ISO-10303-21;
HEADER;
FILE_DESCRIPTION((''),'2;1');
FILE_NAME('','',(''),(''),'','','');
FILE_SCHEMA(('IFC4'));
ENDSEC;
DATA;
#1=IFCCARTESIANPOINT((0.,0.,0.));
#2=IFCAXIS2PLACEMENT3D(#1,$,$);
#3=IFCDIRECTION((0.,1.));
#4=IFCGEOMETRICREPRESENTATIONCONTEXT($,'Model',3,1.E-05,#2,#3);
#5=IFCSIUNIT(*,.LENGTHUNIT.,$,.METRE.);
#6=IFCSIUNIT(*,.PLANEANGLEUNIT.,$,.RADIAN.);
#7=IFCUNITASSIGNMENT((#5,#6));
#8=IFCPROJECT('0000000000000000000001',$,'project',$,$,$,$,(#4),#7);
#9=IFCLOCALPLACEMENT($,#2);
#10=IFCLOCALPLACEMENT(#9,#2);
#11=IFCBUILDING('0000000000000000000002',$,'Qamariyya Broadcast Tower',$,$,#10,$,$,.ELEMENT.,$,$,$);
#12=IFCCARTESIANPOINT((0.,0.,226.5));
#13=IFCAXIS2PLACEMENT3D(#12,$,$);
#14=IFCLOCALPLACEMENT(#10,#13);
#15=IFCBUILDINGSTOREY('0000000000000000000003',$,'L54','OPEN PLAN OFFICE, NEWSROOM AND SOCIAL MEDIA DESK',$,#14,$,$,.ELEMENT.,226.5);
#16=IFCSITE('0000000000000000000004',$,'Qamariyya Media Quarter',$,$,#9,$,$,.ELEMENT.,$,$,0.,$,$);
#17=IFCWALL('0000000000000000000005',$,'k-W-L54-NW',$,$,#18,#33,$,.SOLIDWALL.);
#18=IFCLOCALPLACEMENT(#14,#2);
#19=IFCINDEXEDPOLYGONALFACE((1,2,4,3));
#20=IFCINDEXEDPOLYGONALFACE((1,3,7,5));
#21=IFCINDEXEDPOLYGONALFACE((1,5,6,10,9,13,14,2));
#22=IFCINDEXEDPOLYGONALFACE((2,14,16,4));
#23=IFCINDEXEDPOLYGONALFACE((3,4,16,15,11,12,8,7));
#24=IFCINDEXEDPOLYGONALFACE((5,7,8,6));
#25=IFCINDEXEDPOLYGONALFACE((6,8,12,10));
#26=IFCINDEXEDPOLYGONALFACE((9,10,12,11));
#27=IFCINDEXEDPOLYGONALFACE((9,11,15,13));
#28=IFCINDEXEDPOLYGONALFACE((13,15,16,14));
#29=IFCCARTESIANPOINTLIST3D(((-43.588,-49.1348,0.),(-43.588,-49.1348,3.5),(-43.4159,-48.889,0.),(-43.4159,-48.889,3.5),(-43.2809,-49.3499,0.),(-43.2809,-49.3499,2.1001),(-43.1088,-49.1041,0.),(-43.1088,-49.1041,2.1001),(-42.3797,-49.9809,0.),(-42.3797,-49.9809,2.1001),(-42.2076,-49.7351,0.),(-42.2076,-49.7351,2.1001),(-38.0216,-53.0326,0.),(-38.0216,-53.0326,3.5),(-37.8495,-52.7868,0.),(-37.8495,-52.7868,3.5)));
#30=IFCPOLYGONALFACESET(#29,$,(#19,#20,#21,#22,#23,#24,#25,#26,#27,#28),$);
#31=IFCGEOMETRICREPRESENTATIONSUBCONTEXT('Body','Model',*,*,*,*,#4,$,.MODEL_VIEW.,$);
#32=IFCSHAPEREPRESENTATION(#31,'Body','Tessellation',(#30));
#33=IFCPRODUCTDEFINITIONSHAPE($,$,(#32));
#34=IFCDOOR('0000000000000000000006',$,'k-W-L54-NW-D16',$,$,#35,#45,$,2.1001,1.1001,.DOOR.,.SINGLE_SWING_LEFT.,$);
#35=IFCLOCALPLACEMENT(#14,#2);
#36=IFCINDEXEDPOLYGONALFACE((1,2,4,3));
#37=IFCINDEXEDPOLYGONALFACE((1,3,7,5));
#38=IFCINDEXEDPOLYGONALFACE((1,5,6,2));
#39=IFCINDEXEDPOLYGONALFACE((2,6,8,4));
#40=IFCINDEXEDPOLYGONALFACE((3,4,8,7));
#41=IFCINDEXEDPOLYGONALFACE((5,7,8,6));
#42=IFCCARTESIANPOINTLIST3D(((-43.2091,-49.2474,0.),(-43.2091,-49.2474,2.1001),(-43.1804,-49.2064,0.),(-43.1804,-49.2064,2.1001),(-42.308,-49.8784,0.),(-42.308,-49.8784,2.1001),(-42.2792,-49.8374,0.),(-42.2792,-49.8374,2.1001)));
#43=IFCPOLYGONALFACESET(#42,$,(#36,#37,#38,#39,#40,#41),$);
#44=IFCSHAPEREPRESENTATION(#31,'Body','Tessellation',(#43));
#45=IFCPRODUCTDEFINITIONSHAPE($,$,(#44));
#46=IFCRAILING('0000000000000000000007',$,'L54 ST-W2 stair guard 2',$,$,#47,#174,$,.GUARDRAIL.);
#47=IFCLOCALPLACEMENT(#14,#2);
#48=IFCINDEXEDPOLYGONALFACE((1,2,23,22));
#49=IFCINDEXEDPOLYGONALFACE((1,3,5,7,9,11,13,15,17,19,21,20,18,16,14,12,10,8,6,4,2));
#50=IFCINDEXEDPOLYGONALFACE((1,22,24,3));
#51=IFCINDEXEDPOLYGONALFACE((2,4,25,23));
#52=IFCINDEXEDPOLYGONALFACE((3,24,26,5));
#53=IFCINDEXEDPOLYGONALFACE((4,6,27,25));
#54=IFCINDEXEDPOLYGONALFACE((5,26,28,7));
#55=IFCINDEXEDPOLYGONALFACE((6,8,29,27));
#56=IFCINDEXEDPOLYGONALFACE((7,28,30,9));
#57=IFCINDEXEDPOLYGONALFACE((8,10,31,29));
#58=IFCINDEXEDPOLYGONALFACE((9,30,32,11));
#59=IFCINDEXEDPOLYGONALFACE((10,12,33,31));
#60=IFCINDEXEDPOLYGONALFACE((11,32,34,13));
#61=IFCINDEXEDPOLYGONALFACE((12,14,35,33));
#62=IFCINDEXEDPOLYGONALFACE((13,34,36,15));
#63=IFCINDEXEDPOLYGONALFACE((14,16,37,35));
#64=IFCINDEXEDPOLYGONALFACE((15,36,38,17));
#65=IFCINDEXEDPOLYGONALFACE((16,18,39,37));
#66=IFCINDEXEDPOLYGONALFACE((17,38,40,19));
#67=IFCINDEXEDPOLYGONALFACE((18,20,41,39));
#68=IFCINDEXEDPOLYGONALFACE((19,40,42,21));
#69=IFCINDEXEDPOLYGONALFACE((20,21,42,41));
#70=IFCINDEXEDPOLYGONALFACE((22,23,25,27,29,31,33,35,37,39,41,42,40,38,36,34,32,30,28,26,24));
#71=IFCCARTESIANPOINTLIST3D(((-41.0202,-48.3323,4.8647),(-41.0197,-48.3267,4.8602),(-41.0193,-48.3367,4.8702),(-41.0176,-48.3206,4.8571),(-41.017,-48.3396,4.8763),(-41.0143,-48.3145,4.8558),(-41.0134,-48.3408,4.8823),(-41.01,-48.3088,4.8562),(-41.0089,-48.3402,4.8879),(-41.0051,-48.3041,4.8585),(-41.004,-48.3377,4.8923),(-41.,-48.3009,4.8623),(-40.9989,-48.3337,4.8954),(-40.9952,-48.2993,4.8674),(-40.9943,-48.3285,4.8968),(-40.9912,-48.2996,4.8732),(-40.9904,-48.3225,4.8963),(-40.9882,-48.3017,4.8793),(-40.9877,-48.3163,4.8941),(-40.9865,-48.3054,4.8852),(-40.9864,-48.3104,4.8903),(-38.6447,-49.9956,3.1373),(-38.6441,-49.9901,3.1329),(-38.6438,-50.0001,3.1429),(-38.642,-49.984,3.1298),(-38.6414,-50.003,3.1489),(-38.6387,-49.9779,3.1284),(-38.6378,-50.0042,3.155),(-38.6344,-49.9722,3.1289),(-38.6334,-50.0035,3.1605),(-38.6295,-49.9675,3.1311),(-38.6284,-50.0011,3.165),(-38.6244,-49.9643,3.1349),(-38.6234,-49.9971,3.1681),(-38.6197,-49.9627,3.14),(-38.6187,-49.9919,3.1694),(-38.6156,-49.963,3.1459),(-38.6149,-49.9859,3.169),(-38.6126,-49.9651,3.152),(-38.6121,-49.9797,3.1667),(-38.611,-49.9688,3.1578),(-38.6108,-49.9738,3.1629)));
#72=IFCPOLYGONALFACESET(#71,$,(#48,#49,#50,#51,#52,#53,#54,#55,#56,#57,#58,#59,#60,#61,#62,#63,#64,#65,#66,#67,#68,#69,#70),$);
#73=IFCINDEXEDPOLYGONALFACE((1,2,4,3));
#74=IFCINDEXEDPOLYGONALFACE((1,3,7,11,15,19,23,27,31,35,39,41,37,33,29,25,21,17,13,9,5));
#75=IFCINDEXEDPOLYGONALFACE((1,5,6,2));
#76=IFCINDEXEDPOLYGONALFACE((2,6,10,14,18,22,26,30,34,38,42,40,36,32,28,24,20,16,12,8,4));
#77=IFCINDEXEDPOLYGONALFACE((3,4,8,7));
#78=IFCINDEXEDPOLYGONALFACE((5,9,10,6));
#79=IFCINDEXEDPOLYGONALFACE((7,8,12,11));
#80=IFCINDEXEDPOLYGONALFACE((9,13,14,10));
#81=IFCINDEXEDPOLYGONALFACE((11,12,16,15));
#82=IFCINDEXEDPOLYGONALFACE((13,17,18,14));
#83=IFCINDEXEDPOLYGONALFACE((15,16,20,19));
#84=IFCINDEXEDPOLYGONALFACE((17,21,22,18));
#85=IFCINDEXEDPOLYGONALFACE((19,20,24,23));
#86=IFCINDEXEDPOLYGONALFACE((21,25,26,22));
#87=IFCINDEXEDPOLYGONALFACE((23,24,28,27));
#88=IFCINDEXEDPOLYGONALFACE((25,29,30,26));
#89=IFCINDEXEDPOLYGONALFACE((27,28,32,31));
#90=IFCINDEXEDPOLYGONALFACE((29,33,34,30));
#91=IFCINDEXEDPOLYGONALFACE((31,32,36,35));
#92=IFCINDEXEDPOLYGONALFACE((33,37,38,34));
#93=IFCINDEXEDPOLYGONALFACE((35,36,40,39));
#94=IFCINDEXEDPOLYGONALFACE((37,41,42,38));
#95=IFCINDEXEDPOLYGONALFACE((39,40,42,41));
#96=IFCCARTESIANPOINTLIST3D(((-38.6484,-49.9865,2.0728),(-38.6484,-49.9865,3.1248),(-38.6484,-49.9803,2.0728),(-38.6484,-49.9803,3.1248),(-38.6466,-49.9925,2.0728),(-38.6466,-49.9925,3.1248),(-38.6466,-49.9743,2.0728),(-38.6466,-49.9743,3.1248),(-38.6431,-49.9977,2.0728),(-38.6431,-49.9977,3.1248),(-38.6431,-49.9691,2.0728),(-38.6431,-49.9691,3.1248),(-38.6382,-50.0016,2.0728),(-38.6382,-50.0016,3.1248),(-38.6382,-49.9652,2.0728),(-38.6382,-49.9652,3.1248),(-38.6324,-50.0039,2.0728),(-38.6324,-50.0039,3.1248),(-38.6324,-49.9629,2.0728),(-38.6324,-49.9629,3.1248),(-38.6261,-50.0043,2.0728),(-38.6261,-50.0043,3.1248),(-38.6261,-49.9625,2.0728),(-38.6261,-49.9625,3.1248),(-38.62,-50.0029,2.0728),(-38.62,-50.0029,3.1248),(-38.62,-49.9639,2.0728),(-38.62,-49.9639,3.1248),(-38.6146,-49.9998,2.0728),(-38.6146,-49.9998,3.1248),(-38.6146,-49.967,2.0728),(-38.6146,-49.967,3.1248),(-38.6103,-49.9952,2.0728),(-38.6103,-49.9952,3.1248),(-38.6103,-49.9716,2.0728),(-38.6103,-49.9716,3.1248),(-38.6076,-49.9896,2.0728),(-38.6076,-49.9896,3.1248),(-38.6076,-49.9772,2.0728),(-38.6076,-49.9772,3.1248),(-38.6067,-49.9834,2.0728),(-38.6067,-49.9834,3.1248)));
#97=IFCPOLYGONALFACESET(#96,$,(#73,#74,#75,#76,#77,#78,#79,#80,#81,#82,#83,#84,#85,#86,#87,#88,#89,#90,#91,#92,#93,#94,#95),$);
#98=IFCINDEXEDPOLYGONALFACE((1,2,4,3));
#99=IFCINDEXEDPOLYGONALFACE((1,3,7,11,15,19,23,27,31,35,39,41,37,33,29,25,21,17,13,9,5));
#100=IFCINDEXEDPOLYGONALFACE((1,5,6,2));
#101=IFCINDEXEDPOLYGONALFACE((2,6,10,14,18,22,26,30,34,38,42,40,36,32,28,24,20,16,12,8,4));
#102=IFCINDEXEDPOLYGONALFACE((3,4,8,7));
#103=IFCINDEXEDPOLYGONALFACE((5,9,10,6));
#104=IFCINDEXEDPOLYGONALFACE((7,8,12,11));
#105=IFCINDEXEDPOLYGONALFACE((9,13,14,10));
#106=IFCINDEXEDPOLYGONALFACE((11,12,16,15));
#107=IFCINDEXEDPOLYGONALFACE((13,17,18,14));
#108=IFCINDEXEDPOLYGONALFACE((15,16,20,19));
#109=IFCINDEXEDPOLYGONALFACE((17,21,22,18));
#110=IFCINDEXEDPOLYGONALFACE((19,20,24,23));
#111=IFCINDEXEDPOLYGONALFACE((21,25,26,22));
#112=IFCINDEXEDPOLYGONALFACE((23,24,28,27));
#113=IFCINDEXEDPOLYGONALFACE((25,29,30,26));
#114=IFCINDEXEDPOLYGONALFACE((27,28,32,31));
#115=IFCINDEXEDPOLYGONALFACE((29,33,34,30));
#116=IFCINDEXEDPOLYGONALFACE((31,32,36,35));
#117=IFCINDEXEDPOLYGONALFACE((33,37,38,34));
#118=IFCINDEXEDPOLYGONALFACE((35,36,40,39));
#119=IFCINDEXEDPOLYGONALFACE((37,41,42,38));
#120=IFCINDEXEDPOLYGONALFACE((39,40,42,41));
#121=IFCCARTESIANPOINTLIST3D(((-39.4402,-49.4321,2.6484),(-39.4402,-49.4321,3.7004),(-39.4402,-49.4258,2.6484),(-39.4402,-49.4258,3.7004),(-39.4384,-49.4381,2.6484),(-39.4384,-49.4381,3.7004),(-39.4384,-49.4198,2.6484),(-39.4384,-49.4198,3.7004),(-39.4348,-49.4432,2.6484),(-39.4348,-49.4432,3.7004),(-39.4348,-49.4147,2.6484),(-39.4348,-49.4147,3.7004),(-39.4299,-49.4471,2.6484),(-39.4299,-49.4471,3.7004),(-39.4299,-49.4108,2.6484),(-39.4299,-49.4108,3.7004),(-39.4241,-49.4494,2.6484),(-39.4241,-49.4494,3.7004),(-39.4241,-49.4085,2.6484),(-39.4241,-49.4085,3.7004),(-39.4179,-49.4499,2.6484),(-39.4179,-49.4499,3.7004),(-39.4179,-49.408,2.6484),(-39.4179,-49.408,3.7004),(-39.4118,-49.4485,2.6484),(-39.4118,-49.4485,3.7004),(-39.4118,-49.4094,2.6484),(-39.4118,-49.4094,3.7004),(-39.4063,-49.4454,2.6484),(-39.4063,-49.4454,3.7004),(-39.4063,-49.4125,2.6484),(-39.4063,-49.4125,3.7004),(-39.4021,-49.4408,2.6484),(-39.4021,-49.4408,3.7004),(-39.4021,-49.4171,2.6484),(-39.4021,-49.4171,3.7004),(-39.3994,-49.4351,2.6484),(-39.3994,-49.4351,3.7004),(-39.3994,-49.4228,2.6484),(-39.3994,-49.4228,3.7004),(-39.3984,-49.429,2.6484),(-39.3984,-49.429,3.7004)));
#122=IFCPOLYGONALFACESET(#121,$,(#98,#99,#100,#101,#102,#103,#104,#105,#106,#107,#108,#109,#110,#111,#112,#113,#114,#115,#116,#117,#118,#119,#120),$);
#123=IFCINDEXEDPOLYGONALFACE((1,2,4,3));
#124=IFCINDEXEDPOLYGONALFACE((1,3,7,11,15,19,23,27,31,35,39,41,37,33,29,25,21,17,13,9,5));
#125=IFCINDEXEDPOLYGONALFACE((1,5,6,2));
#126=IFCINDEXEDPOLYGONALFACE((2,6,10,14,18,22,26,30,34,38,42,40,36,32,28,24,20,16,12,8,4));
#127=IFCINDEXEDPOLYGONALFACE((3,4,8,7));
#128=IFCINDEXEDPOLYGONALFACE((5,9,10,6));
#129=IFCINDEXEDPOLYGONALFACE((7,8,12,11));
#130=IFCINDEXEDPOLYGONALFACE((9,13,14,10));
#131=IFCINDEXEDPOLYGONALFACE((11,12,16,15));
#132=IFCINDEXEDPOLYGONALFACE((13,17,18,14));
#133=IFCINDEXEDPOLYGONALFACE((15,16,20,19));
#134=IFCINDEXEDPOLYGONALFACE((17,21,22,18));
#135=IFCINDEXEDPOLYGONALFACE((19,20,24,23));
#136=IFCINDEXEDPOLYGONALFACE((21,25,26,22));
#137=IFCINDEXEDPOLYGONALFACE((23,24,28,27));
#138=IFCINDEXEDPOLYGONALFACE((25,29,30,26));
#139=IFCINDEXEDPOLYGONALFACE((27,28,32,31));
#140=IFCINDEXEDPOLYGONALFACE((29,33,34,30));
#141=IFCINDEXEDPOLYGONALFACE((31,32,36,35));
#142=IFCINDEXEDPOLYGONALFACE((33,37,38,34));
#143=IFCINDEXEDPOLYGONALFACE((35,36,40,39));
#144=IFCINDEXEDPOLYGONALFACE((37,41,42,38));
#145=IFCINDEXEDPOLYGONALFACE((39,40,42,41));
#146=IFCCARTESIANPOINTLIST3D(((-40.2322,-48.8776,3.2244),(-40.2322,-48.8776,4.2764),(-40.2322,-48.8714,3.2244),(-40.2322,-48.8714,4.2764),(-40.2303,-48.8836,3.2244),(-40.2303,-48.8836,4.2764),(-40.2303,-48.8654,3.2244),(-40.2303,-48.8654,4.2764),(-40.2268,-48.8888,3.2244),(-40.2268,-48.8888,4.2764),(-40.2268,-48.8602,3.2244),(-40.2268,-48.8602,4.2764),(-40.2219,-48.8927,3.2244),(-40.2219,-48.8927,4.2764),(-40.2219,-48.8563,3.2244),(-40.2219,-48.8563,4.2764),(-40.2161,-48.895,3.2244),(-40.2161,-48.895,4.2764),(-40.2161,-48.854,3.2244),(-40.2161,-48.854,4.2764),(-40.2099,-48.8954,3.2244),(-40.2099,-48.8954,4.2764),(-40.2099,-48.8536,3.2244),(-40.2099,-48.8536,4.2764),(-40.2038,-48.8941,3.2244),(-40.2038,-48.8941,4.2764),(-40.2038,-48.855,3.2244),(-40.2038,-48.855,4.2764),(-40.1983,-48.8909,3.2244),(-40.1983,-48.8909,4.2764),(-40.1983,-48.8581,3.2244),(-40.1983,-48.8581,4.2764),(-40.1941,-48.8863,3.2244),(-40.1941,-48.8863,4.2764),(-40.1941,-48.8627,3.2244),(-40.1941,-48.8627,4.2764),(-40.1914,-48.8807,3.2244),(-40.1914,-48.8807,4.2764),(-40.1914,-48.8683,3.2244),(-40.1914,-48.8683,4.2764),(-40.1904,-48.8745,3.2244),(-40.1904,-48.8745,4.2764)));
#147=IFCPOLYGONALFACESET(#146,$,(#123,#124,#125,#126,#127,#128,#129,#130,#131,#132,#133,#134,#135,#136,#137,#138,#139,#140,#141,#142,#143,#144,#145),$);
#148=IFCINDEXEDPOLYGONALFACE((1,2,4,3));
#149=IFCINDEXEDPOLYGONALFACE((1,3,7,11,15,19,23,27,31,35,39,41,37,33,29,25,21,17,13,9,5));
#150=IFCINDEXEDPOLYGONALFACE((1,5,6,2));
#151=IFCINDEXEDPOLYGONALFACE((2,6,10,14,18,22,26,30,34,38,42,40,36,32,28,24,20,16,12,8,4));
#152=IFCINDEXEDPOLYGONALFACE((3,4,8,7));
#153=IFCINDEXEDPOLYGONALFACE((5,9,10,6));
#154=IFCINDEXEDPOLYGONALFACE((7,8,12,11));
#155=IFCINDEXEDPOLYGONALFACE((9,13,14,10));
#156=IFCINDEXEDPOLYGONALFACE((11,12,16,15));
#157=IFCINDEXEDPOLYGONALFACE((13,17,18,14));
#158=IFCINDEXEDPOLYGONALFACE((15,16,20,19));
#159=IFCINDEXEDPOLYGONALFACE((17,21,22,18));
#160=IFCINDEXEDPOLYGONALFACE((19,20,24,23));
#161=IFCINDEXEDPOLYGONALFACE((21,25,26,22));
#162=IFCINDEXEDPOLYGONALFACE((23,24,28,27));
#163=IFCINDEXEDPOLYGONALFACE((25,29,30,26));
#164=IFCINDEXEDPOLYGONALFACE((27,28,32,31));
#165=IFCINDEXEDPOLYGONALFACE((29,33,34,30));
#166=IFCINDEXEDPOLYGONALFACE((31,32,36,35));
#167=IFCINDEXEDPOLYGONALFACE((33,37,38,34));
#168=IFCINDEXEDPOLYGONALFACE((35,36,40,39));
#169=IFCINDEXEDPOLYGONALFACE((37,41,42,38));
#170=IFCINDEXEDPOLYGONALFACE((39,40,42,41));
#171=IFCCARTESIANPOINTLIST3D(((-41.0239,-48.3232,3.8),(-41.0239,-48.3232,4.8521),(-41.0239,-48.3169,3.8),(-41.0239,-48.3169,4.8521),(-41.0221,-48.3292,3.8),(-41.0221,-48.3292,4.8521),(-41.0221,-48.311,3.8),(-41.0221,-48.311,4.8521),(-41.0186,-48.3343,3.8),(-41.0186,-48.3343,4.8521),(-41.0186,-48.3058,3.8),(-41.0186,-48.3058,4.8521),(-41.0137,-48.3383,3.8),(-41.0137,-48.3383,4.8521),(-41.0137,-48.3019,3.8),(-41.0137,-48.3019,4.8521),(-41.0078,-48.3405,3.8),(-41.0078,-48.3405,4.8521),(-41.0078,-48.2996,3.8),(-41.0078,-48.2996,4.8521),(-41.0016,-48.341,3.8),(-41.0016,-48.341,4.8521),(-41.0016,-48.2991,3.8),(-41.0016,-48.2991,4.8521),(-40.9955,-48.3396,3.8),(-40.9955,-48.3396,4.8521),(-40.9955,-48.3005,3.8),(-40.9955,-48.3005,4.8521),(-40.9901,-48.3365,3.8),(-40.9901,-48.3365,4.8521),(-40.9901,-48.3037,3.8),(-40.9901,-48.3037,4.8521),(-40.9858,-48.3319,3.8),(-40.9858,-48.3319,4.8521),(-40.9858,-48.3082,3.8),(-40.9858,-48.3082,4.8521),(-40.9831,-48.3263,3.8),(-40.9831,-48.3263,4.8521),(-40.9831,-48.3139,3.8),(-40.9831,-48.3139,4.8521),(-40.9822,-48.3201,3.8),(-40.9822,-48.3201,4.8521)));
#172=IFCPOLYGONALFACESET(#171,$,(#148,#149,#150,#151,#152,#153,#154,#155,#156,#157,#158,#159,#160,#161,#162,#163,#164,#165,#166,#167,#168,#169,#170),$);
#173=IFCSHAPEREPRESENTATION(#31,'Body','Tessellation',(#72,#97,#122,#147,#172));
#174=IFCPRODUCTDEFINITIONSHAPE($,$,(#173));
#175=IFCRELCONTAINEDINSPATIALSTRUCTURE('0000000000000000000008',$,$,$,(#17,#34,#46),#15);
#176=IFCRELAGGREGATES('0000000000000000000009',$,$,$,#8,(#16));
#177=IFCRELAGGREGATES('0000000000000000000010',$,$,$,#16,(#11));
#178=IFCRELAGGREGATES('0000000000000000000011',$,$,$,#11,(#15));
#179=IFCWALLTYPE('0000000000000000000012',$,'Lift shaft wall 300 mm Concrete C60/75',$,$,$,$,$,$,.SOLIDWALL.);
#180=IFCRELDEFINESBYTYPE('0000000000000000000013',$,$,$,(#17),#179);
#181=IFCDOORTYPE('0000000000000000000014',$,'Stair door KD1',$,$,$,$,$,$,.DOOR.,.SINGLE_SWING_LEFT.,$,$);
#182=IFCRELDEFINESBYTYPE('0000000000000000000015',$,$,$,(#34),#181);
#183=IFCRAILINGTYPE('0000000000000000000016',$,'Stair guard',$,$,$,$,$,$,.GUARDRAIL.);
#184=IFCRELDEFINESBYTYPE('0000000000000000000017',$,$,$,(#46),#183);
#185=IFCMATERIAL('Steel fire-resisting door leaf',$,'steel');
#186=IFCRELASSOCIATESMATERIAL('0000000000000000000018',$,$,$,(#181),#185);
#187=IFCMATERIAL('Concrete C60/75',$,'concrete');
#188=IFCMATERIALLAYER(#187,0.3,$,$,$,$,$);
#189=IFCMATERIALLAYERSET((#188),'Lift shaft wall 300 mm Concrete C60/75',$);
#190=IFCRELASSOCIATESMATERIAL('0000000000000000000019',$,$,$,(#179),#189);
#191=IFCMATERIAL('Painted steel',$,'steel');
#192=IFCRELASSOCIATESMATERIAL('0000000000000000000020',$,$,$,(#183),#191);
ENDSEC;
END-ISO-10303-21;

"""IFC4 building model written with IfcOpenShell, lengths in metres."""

from ifc_helpers import new_model, si_unit, direction, frame, frame_2d, origin, origin_2d, place, context, subcontext, project, spatial, rectangle, circle, extrude, material, layer, layer_set, type_object, element, fill, save


model = new_model("IFC4")

# Units and contexts
model_context = context("Model", 3, precision=1e-05, world=origin(), true_north=direction((0.0, 1.0)))
body_context = subcontext(model_context, "Body", "Model", "MODEL_VIEW")
ifc_project = project(units=[si_unit("LENGTHUNIT", "METRE"), si_unit("PLANEANGLEUNIT", "RADIAN")], contexts=[model_context])

# Site, building, storey
site_placement = place(None, origin())
site = spatial("IfcSite", under=ifc_project, at=site_placement, Name="Qamariyya Media Quarter", CompositionType="ELEMENT", RefElevation=0.0)
building_placement = place(site_placement, origin())
building = spatial("IfcBuilding", under=site, at=building_placement, Name="Qamariyya Broadcast Tower", CompositionType="ELEMENT")
storey_placement = place(building_placement, frame((0.0, 0.0, 226.5)))
storey = spatial("IfcBuildingStorey", under=building, at=storey_placement, Name="L54", Description="OPEN PLAN OFFICE, NEWSROOM AND SOCIAL MEDIA DESK", CompositionType="ELEMENT", Elevation=226.5)

# Shared definitions
ifc_material_1 = material(Name="Concrete C60/75", Category="concrete")

# Shared definitions
ifc_material_2 = material(Name="Steel fire-resisting door leaf", Category="steel")
door_type_1 = type_object("IfcDoorType", Name="Stair door KD1", OperationType="SINGLE_SWING_LEFT", PredefinedType="DOOR", material=ifc_material_2)

# Shared definitions
ifc_layer_1 = layer(ifc_material_1, 0.3)
ifc_layer_set_1 = layer_set([ifc_layer_1], Name="Lift shaft wall 300 mm Concrete C60/75")
wall_type_1 = type_object("IfcWallType", Name="Lift shaft wall 300 mm Concrete C60/75", PredefinedType="SOLIDWALL", material=ifc_layer_set_1)

# Wall, opening, door
wall_1_placement = place(storey_placement, frame((-37.9355, -52.9097, 0.0), z_axis=(0.0, 0.0, 1.0), x_axis=(-0.819148, 0.573583, 0.0)))
wall_1 = element("IfcWall", 1, at=wall_1_placement, inside=storey, type_object=wall_type_1, Name="k-W-L54-NW", PredefinedType="SOLIDWALL", context=body_context, shape_type="SweptSolid", body=[
    extrude(rectangle(XDim=6.7954, YDim=0.3, at=frame_2d((3.3977, 0.0))), origin(), (0.0, 0.0, 1.0), 3.5),
])
opening_1_placement = place(wall_1_placement, frame((5.3203, 0.0, 0.0)))
opening_1 = element("IfcOpeningElement", 2, at=opening_1_placement, cuts=wall_1, PredefinedType="OPENING", context=body_context, shape_type="SweptSolid", body=[
    extrude(rectangle(XDim=1.1001, YDim=2.1001, at=frame_2d((0.55, 1.05))), frame((0.0, 0.1599, 0.0), z_axis=(0.0, -1.0, 0.0), x_axis=(1.0, 0.0, 0.0)), (0.0, 0.0, 1.0), 0.3201),
])
door_1_placement = place(opening_1_placement, origin())
door_1 = element("IfcDoor", 3, at=door_1_placement, inside=storey, type_object=door_type_1, Name="k-W-L54-NW-D16", OperationType="SINGLE_SWING_LEFT", OverallHeight=2.1001, OverallWidth=1.1001, PredefinedType="DOOR", context=body_context, shape_type="SweptSolid", body=[
    extrude(rectangle(XDim=1.1001, YDim=2.1001, at=frame_2d((0.55, 1.05))), frame((0.0, 0.0249, 0.0), z_axis=(0.0, -1.0, 0.0), x_axis=(1.0, 0.0, 0.0)), (0.0, 0.0, 1.0), 0.05),
])
fill(opening_1, door_1)

# Railing
ifc_material_3 = material(Name="Painted steel", Category="steel")
railing_type = type_object("IfcRailingType", Name="Stair guard", PredefinedType="GUARDRAIL", material=ifc_material_3)
railing_placement = place(storey_placement, frame((-38.6277, -49.9834, 2.0728)))
element("IfcRailing", 4, at=railing_placement, inside=storey, type_object=railing_type, Name="L54 ST-W2 stair guard 2", PredefinedType="GUARDRAIL", context=body_context, shape_type="SweptSolid", body=[
    extrude(circle(Radius=0.0239, at=origin_2d()), frame((0.0, 0.0, 1.0762), z_axis=(-0.70377, 0.492784, 0.511734), x_axis=(-0.573575, -0.819153, 0.0)), (0.0, 0.0, 1.0), 3.3755),
    extrude(circle(Radius=0.021, at=origin_2d()), origin(), (0.0, 0.0, 1.0), 1.052),
    extrude(circle(Radius=0.021, at=origin_2d()), frame((-0.7917, 0.5544, 0.5757)), (0.0, 0.0, 1.0), 1.052),
    extrude(circle(Radius=0.021, at=origin_2d()), frame((-1.5837, 1.1089, 1.1516)), (0.0, 0.0, 1.0), 1.052),
    extrude(circle(Radius=0.021, at=origin_2d()), frame((-2.3755, 1.6633, 1.7273)), (0.0, 0.0, 1.0), 1.052),
])

save(model, "model.ifc")
